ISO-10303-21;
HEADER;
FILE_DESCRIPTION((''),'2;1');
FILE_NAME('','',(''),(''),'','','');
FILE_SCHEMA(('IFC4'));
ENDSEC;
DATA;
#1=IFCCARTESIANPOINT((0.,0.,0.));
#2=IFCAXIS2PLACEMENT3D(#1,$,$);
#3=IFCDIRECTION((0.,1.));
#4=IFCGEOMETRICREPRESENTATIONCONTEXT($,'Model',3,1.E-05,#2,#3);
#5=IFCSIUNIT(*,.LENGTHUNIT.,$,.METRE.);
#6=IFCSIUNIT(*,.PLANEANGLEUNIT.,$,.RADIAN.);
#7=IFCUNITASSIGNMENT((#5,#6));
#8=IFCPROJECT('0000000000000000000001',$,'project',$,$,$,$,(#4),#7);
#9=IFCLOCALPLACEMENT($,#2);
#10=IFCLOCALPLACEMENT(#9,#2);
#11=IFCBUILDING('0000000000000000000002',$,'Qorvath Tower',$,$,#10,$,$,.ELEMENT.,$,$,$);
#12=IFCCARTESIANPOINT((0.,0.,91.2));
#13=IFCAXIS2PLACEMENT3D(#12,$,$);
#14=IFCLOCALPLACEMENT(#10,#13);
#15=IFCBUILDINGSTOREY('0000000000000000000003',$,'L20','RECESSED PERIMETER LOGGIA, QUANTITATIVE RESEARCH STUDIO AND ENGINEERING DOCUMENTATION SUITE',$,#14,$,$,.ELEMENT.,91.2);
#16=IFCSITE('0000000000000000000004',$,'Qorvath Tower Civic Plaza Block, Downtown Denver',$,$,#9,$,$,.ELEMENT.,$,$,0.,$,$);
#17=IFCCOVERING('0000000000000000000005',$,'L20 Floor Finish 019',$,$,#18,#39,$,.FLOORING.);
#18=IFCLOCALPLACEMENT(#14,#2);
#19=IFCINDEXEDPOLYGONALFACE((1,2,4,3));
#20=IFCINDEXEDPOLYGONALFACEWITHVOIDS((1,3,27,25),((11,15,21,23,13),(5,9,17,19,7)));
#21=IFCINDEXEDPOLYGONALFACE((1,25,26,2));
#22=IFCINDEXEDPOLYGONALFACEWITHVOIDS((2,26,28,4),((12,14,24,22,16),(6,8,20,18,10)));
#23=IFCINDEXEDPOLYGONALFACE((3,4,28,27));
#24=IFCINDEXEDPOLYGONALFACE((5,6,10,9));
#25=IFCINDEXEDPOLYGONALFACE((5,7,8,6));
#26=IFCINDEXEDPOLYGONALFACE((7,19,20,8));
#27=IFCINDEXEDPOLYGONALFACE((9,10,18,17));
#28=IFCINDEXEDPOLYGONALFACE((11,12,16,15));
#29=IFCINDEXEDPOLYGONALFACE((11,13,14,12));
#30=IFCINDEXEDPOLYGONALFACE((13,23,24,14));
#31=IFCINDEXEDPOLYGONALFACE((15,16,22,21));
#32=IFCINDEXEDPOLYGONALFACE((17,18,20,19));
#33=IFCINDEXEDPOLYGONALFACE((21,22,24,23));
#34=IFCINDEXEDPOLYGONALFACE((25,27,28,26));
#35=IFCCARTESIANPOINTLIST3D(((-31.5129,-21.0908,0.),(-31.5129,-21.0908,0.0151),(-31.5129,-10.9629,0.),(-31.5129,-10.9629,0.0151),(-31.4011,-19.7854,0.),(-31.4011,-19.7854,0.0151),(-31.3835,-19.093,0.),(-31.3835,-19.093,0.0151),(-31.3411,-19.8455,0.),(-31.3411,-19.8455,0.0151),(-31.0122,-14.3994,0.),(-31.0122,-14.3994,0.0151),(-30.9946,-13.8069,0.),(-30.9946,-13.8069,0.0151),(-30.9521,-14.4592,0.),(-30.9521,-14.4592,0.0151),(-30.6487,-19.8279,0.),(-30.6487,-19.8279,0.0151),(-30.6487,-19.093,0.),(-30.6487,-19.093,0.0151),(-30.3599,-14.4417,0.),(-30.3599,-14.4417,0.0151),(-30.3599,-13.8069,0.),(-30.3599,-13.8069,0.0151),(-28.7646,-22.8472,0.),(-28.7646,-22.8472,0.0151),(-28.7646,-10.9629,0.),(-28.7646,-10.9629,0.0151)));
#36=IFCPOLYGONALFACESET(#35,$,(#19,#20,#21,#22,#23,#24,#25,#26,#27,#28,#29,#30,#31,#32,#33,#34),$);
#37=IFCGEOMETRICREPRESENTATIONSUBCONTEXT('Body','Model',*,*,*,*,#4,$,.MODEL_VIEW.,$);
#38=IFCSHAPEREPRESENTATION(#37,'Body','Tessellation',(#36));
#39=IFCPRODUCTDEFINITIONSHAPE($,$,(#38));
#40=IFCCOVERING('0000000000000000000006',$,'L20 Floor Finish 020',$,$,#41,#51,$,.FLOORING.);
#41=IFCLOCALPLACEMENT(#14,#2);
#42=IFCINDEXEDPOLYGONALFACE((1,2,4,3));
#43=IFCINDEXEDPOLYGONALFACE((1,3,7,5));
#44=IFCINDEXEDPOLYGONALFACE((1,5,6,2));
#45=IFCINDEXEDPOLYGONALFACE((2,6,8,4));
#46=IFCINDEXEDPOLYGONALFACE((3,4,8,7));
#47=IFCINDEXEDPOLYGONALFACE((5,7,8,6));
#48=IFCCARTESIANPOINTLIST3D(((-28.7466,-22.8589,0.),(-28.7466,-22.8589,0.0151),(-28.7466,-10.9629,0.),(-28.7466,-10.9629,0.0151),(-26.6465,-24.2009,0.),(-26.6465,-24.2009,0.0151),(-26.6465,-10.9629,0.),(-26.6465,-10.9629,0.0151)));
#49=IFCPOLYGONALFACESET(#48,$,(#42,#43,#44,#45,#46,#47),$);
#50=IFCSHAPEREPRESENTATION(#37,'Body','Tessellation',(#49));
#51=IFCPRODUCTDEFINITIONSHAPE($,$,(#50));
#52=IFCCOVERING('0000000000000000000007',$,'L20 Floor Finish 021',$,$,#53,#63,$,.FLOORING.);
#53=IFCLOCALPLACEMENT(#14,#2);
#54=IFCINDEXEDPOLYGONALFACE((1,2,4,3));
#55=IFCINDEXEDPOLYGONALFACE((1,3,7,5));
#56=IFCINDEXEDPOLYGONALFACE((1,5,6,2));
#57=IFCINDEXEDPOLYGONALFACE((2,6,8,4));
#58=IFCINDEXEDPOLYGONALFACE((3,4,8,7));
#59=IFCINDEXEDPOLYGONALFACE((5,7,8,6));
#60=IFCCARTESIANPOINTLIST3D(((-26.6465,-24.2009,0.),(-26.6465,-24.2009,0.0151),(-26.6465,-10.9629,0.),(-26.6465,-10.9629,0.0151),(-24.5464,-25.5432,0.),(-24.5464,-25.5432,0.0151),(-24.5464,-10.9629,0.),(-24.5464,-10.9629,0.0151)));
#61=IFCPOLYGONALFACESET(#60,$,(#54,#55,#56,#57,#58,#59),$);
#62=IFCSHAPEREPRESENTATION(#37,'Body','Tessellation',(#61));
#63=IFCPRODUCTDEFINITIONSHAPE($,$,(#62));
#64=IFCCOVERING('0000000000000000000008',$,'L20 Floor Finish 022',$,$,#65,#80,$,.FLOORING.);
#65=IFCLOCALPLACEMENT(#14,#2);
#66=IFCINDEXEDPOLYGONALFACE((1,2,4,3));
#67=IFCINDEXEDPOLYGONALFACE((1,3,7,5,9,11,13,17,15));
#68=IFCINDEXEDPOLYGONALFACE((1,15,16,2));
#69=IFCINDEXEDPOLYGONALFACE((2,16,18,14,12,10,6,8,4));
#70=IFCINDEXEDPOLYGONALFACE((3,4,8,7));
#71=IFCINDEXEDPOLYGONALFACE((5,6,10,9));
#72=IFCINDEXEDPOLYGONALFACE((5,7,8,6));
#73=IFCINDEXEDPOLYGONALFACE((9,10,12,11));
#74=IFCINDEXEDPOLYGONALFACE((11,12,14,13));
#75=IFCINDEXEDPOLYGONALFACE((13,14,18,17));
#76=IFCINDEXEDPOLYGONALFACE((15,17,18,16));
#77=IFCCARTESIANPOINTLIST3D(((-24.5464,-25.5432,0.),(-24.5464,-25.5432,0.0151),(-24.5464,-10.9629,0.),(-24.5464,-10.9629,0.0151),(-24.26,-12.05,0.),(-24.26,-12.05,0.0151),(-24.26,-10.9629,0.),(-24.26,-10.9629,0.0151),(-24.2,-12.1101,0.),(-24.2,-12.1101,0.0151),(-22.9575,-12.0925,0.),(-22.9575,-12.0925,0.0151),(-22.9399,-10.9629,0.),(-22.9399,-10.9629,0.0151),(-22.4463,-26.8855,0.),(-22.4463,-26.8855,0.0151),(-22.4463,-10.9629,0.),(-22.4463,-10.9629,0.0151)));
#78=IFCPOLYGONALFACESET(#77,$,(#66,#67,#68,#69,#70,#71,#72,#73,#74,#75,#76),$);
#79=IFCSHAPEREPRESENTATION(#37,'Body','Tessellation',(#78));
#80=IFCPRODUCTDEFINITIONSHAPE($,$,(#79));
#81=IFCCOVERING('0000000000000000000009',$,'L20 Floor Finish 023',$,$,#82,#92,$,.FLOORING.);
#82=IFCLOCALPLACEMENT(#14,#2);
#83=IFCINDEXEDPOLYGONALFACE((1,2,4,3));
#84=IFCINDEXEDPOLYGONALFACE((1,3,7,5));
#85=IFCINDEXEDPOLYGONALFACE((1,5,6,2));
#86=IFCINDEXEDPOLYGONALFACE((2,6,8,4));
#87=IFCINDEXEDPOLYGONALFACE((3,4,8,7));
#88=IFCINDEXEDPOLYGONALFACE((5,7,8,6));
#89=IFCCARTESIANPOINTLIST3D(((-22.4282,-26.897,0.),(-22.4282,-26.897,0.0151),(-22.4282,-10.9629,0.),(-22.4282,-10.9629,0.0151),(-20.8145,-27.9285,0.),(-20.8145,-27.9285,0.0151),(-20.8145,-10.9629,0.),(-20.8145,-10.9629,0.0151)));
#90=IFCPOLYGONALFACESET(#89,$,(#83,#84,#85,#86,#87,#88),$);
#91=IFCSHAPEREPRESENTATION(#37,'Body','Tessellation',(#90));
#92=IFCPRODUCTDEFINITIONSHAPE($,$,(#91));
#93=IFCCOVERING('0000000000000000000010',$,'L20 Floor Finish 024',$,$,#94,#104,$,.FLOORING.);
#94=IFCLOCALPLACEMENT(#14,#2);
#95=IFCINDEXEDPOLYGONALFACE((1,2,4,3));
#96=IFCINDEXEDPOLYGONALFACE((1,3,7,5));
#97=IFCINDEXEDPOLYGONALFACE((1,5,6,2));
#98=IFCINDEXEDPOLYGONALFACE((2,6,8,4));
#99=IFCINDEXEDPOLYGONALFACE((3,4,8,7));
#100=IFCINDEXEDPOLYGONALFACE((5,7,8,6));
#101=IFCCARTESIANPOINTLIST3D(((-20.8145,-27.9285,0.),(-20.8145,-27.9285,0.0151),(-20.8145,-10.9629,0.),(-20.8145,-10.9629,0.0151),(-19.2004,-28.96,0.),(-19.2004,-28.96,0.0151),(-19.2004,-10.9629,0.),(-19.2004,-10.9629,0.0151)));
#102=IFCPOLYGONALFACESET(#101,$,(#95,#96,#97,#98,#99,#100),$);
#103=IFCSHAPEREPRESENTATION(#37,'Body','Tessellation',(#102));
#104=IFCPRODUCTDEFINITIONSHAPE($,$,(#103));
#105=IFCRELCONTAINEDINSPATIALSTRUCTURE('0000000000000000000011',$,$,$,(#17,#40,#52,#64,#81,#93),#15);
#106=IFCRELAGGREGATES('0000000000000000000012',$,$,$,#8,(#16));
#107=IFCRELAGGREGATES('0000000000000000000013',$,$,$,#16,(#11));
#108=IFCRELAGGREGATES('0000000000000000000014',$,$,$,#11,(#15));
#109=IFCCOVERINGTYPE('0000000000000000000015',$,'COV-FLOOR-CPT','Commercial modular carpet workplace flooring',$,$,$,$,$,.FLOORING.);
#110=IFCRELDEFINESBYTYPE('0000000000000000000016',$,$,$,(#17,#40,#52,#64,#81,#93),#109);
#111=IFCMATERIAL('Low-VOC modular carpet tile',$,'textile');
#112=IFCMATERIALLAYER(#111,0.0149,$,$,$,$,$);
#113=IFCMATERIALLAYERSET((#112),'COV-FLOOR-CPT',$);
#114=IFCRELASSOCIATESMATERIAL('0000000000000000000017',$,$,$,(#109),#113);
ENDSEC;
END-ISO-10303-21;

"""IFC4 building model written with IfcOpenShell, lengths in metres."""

from ifc_helpers import new_model, si_unit, direction, frame, origin, place, context, subcontext, project, spatial, polyline, outline, extrude, material, layer, layer_set, type_object, element, save


model = new_model("IFC4")

# Units and contexts
model_context = context("Model", 3, precision=1e-05, world=origin(), true_north=direction((0.0, 1.0)))
body_context = subcontext(model_context, "Body", "Model", "MODEL_VIEW")
ifc_project = project(units=[si_unit("LENGTHUNIT", "METRE"), si_unit("PLANEANGLEUNIT", "RADIAN")], contexts=[model_context])

# Site, building, storey
site_placement = place(None, origin())
site = spatial("IfcSite", under=ifc_project, at=site_placement, Name="Qorvath Tower Civic Plaza Block, Downtown Denver", CompositionType="ELEMENT", RefElevation=0.0)
building_placement = place(site_placement, origin())
building = spatial("IfcBuilding", under=site, at=building_placement, Name="Qorvath Tower", CompositionType="ELEMENT")
storey_placement = place(building_placement, frame((0.0, 0.0, 91.2)))
storey = spatial("IfcBuildingStorey", under=building, at=storey_placement, Name="L20", Description="RECESSED PERIMETER LOGGIA, QUANTITATIVE RESEARCH STUDIO AND ENGINEERING DOCUMENTATION SUITE", CompositionType="ELEMENT", Elevation=91.2)

# Coverings
ifc_material_1 = material(Name="Low-VOC modular carpet tile", Category="textile")
ifc_layer_1 = layer(ifc_material_1, 0.0149)
ifc_layer_set_1 = layer_set([ifc_layer_1], Name="COV-FLOOR-CPT")
covering_type_1 = type_object("IfcCoveringType", Name="COV-FLOOR-CPT", Description="Commercial modular carpet workplace flooring", PredefinedType="FLOORING", material=ifc_layer_set_1)
covering_1_placement = place(storey_placement, origin())
element("IfcCovering", 1, at=covering_1_placement, inside=storey, type_object=covering_type_1, Name="L20 Floor Finish 019", PredefinedType="FLOORING", context=body_context, shape_type="SweptSolid", body=[
    extrude(outline(polyline([(-31.5129, -10.9629), (-31.5129, -21.0908), (-28.7646, -22.8472), (-28.7646, -10.9629), (-31.5129, -10.9629)]), holes=[polyline([(-31.0122, -14.3994), (-30.9946, -13.8069), (-30.3599, -13.8069), (-30.3599, -14.4417), (-30.9521, -14.4592), (-31.0122, -14.3994)]), polyline([(-31.4011, -19.7854), (-31.3835, -19.093), (-30.6487, -19.093), (-30.6487, -19.8279), (-31.3411, -19.8455), (-31.4011, -19.7854)])]), origin(), (0.0, 0.0, 1.0), 0.0151),
])
covering_2_placement = place(storey_placement, origin())
element("IfcCovering", 2, at=covering_2_placement, inside=storey, type_object=covering_type_1, Name="L20 Floor Finish 020", PredefinedType="FLOORING", context=body_context, shape_type="SweptSolid", body=[
    extrude(outline(polyline([(-26.6465, -24.2009), (-26.6465, -10.9629), (-28.7466, -10.9629), (-28.7466, -22.8589), (-26.6465, -24.2009)])), origin(), (0.0, 0.0, 1.0), 0.0151),
])
covering_3_placement = place(storey_placement, origin())
element("IfcCovering", 3, at=covering_3_placement, inside=storey, type_object=covering_type_1, Name="L20 Floor Finish 021", PredefinedType="FLOORING", context=body_context, shape_type="SweptSolid", body=[
    extrude(outline(polyline([(-24.5464, -25.5432), (-24.5464, -10.9629), (-26.6465, -10.9629), (-26.6465, -24.2009), (-24.5464, -25.5432)])), origin(), (0.0, 0.0, 1.0), 0.0151),
])
covering_4_placement = place(storey_placement, origin())
element("IfcCovering", 4, at=covering_4_placement, inside=storey, type_object=covering_type_1, Name="L20 Floor Finish 022", PredefinedType="FLOORING", context=body_context, shape_type="SweptSolid", body=[
    extrude(outline(polyline([(-22.4463, -26.8855), (-22.4463, -10.9629), (-22.9399, -10.9629), (-22.9575, -12.0925), (-24.2, -12.1101), (-24.26, -12.05), (-24.26, -10.9629), (-24.5464, -10.9629), (-24.5464, -25.5432), (-22.4463, -26.8855)])), origin(), (0.0, 0.0, 1.0), 0.0151),
])
covering_5_placement = place(storey_placement, origin())
element("IfcCovering", 5, at=covering_5_placement, inside=storey, type_object=covering_type_1, Name="L20 Floor Finish 023", PredefinedType="FLOORING", context=body_context, shape_type="SweptSolid", body=[
    extrude(outline(polyline([(-22.4282, -26.897), (-20.8145, -27.9285), (-20.8145, -10.9629), (-22.4282, -10.9629), (-22.4282, -26.897)])), origin(), (0.0, 0.0, 1.0), 0.0151),
])
covering_6_placement = place(storey_placement, origin())
element("IfcCovering", 6, at=covering_6_placement, inside=storey, type_object=covering_type_1, Name="L20 Floor Finish 024", PredefinedType="FLOORING", context=body_context, shape_type="SweptSolid", body=[
    extrude(outline(polyline([(-20.8145, -10.9629), (-20.8145, -27.9285), (-19.2004, -28.96), (-19.2004, -10.9629), (-20.8145, -10.9629)])), origin(), (0.0, 0.0, 1.0), 0.0151),
])

save(model, "model.ifc")
